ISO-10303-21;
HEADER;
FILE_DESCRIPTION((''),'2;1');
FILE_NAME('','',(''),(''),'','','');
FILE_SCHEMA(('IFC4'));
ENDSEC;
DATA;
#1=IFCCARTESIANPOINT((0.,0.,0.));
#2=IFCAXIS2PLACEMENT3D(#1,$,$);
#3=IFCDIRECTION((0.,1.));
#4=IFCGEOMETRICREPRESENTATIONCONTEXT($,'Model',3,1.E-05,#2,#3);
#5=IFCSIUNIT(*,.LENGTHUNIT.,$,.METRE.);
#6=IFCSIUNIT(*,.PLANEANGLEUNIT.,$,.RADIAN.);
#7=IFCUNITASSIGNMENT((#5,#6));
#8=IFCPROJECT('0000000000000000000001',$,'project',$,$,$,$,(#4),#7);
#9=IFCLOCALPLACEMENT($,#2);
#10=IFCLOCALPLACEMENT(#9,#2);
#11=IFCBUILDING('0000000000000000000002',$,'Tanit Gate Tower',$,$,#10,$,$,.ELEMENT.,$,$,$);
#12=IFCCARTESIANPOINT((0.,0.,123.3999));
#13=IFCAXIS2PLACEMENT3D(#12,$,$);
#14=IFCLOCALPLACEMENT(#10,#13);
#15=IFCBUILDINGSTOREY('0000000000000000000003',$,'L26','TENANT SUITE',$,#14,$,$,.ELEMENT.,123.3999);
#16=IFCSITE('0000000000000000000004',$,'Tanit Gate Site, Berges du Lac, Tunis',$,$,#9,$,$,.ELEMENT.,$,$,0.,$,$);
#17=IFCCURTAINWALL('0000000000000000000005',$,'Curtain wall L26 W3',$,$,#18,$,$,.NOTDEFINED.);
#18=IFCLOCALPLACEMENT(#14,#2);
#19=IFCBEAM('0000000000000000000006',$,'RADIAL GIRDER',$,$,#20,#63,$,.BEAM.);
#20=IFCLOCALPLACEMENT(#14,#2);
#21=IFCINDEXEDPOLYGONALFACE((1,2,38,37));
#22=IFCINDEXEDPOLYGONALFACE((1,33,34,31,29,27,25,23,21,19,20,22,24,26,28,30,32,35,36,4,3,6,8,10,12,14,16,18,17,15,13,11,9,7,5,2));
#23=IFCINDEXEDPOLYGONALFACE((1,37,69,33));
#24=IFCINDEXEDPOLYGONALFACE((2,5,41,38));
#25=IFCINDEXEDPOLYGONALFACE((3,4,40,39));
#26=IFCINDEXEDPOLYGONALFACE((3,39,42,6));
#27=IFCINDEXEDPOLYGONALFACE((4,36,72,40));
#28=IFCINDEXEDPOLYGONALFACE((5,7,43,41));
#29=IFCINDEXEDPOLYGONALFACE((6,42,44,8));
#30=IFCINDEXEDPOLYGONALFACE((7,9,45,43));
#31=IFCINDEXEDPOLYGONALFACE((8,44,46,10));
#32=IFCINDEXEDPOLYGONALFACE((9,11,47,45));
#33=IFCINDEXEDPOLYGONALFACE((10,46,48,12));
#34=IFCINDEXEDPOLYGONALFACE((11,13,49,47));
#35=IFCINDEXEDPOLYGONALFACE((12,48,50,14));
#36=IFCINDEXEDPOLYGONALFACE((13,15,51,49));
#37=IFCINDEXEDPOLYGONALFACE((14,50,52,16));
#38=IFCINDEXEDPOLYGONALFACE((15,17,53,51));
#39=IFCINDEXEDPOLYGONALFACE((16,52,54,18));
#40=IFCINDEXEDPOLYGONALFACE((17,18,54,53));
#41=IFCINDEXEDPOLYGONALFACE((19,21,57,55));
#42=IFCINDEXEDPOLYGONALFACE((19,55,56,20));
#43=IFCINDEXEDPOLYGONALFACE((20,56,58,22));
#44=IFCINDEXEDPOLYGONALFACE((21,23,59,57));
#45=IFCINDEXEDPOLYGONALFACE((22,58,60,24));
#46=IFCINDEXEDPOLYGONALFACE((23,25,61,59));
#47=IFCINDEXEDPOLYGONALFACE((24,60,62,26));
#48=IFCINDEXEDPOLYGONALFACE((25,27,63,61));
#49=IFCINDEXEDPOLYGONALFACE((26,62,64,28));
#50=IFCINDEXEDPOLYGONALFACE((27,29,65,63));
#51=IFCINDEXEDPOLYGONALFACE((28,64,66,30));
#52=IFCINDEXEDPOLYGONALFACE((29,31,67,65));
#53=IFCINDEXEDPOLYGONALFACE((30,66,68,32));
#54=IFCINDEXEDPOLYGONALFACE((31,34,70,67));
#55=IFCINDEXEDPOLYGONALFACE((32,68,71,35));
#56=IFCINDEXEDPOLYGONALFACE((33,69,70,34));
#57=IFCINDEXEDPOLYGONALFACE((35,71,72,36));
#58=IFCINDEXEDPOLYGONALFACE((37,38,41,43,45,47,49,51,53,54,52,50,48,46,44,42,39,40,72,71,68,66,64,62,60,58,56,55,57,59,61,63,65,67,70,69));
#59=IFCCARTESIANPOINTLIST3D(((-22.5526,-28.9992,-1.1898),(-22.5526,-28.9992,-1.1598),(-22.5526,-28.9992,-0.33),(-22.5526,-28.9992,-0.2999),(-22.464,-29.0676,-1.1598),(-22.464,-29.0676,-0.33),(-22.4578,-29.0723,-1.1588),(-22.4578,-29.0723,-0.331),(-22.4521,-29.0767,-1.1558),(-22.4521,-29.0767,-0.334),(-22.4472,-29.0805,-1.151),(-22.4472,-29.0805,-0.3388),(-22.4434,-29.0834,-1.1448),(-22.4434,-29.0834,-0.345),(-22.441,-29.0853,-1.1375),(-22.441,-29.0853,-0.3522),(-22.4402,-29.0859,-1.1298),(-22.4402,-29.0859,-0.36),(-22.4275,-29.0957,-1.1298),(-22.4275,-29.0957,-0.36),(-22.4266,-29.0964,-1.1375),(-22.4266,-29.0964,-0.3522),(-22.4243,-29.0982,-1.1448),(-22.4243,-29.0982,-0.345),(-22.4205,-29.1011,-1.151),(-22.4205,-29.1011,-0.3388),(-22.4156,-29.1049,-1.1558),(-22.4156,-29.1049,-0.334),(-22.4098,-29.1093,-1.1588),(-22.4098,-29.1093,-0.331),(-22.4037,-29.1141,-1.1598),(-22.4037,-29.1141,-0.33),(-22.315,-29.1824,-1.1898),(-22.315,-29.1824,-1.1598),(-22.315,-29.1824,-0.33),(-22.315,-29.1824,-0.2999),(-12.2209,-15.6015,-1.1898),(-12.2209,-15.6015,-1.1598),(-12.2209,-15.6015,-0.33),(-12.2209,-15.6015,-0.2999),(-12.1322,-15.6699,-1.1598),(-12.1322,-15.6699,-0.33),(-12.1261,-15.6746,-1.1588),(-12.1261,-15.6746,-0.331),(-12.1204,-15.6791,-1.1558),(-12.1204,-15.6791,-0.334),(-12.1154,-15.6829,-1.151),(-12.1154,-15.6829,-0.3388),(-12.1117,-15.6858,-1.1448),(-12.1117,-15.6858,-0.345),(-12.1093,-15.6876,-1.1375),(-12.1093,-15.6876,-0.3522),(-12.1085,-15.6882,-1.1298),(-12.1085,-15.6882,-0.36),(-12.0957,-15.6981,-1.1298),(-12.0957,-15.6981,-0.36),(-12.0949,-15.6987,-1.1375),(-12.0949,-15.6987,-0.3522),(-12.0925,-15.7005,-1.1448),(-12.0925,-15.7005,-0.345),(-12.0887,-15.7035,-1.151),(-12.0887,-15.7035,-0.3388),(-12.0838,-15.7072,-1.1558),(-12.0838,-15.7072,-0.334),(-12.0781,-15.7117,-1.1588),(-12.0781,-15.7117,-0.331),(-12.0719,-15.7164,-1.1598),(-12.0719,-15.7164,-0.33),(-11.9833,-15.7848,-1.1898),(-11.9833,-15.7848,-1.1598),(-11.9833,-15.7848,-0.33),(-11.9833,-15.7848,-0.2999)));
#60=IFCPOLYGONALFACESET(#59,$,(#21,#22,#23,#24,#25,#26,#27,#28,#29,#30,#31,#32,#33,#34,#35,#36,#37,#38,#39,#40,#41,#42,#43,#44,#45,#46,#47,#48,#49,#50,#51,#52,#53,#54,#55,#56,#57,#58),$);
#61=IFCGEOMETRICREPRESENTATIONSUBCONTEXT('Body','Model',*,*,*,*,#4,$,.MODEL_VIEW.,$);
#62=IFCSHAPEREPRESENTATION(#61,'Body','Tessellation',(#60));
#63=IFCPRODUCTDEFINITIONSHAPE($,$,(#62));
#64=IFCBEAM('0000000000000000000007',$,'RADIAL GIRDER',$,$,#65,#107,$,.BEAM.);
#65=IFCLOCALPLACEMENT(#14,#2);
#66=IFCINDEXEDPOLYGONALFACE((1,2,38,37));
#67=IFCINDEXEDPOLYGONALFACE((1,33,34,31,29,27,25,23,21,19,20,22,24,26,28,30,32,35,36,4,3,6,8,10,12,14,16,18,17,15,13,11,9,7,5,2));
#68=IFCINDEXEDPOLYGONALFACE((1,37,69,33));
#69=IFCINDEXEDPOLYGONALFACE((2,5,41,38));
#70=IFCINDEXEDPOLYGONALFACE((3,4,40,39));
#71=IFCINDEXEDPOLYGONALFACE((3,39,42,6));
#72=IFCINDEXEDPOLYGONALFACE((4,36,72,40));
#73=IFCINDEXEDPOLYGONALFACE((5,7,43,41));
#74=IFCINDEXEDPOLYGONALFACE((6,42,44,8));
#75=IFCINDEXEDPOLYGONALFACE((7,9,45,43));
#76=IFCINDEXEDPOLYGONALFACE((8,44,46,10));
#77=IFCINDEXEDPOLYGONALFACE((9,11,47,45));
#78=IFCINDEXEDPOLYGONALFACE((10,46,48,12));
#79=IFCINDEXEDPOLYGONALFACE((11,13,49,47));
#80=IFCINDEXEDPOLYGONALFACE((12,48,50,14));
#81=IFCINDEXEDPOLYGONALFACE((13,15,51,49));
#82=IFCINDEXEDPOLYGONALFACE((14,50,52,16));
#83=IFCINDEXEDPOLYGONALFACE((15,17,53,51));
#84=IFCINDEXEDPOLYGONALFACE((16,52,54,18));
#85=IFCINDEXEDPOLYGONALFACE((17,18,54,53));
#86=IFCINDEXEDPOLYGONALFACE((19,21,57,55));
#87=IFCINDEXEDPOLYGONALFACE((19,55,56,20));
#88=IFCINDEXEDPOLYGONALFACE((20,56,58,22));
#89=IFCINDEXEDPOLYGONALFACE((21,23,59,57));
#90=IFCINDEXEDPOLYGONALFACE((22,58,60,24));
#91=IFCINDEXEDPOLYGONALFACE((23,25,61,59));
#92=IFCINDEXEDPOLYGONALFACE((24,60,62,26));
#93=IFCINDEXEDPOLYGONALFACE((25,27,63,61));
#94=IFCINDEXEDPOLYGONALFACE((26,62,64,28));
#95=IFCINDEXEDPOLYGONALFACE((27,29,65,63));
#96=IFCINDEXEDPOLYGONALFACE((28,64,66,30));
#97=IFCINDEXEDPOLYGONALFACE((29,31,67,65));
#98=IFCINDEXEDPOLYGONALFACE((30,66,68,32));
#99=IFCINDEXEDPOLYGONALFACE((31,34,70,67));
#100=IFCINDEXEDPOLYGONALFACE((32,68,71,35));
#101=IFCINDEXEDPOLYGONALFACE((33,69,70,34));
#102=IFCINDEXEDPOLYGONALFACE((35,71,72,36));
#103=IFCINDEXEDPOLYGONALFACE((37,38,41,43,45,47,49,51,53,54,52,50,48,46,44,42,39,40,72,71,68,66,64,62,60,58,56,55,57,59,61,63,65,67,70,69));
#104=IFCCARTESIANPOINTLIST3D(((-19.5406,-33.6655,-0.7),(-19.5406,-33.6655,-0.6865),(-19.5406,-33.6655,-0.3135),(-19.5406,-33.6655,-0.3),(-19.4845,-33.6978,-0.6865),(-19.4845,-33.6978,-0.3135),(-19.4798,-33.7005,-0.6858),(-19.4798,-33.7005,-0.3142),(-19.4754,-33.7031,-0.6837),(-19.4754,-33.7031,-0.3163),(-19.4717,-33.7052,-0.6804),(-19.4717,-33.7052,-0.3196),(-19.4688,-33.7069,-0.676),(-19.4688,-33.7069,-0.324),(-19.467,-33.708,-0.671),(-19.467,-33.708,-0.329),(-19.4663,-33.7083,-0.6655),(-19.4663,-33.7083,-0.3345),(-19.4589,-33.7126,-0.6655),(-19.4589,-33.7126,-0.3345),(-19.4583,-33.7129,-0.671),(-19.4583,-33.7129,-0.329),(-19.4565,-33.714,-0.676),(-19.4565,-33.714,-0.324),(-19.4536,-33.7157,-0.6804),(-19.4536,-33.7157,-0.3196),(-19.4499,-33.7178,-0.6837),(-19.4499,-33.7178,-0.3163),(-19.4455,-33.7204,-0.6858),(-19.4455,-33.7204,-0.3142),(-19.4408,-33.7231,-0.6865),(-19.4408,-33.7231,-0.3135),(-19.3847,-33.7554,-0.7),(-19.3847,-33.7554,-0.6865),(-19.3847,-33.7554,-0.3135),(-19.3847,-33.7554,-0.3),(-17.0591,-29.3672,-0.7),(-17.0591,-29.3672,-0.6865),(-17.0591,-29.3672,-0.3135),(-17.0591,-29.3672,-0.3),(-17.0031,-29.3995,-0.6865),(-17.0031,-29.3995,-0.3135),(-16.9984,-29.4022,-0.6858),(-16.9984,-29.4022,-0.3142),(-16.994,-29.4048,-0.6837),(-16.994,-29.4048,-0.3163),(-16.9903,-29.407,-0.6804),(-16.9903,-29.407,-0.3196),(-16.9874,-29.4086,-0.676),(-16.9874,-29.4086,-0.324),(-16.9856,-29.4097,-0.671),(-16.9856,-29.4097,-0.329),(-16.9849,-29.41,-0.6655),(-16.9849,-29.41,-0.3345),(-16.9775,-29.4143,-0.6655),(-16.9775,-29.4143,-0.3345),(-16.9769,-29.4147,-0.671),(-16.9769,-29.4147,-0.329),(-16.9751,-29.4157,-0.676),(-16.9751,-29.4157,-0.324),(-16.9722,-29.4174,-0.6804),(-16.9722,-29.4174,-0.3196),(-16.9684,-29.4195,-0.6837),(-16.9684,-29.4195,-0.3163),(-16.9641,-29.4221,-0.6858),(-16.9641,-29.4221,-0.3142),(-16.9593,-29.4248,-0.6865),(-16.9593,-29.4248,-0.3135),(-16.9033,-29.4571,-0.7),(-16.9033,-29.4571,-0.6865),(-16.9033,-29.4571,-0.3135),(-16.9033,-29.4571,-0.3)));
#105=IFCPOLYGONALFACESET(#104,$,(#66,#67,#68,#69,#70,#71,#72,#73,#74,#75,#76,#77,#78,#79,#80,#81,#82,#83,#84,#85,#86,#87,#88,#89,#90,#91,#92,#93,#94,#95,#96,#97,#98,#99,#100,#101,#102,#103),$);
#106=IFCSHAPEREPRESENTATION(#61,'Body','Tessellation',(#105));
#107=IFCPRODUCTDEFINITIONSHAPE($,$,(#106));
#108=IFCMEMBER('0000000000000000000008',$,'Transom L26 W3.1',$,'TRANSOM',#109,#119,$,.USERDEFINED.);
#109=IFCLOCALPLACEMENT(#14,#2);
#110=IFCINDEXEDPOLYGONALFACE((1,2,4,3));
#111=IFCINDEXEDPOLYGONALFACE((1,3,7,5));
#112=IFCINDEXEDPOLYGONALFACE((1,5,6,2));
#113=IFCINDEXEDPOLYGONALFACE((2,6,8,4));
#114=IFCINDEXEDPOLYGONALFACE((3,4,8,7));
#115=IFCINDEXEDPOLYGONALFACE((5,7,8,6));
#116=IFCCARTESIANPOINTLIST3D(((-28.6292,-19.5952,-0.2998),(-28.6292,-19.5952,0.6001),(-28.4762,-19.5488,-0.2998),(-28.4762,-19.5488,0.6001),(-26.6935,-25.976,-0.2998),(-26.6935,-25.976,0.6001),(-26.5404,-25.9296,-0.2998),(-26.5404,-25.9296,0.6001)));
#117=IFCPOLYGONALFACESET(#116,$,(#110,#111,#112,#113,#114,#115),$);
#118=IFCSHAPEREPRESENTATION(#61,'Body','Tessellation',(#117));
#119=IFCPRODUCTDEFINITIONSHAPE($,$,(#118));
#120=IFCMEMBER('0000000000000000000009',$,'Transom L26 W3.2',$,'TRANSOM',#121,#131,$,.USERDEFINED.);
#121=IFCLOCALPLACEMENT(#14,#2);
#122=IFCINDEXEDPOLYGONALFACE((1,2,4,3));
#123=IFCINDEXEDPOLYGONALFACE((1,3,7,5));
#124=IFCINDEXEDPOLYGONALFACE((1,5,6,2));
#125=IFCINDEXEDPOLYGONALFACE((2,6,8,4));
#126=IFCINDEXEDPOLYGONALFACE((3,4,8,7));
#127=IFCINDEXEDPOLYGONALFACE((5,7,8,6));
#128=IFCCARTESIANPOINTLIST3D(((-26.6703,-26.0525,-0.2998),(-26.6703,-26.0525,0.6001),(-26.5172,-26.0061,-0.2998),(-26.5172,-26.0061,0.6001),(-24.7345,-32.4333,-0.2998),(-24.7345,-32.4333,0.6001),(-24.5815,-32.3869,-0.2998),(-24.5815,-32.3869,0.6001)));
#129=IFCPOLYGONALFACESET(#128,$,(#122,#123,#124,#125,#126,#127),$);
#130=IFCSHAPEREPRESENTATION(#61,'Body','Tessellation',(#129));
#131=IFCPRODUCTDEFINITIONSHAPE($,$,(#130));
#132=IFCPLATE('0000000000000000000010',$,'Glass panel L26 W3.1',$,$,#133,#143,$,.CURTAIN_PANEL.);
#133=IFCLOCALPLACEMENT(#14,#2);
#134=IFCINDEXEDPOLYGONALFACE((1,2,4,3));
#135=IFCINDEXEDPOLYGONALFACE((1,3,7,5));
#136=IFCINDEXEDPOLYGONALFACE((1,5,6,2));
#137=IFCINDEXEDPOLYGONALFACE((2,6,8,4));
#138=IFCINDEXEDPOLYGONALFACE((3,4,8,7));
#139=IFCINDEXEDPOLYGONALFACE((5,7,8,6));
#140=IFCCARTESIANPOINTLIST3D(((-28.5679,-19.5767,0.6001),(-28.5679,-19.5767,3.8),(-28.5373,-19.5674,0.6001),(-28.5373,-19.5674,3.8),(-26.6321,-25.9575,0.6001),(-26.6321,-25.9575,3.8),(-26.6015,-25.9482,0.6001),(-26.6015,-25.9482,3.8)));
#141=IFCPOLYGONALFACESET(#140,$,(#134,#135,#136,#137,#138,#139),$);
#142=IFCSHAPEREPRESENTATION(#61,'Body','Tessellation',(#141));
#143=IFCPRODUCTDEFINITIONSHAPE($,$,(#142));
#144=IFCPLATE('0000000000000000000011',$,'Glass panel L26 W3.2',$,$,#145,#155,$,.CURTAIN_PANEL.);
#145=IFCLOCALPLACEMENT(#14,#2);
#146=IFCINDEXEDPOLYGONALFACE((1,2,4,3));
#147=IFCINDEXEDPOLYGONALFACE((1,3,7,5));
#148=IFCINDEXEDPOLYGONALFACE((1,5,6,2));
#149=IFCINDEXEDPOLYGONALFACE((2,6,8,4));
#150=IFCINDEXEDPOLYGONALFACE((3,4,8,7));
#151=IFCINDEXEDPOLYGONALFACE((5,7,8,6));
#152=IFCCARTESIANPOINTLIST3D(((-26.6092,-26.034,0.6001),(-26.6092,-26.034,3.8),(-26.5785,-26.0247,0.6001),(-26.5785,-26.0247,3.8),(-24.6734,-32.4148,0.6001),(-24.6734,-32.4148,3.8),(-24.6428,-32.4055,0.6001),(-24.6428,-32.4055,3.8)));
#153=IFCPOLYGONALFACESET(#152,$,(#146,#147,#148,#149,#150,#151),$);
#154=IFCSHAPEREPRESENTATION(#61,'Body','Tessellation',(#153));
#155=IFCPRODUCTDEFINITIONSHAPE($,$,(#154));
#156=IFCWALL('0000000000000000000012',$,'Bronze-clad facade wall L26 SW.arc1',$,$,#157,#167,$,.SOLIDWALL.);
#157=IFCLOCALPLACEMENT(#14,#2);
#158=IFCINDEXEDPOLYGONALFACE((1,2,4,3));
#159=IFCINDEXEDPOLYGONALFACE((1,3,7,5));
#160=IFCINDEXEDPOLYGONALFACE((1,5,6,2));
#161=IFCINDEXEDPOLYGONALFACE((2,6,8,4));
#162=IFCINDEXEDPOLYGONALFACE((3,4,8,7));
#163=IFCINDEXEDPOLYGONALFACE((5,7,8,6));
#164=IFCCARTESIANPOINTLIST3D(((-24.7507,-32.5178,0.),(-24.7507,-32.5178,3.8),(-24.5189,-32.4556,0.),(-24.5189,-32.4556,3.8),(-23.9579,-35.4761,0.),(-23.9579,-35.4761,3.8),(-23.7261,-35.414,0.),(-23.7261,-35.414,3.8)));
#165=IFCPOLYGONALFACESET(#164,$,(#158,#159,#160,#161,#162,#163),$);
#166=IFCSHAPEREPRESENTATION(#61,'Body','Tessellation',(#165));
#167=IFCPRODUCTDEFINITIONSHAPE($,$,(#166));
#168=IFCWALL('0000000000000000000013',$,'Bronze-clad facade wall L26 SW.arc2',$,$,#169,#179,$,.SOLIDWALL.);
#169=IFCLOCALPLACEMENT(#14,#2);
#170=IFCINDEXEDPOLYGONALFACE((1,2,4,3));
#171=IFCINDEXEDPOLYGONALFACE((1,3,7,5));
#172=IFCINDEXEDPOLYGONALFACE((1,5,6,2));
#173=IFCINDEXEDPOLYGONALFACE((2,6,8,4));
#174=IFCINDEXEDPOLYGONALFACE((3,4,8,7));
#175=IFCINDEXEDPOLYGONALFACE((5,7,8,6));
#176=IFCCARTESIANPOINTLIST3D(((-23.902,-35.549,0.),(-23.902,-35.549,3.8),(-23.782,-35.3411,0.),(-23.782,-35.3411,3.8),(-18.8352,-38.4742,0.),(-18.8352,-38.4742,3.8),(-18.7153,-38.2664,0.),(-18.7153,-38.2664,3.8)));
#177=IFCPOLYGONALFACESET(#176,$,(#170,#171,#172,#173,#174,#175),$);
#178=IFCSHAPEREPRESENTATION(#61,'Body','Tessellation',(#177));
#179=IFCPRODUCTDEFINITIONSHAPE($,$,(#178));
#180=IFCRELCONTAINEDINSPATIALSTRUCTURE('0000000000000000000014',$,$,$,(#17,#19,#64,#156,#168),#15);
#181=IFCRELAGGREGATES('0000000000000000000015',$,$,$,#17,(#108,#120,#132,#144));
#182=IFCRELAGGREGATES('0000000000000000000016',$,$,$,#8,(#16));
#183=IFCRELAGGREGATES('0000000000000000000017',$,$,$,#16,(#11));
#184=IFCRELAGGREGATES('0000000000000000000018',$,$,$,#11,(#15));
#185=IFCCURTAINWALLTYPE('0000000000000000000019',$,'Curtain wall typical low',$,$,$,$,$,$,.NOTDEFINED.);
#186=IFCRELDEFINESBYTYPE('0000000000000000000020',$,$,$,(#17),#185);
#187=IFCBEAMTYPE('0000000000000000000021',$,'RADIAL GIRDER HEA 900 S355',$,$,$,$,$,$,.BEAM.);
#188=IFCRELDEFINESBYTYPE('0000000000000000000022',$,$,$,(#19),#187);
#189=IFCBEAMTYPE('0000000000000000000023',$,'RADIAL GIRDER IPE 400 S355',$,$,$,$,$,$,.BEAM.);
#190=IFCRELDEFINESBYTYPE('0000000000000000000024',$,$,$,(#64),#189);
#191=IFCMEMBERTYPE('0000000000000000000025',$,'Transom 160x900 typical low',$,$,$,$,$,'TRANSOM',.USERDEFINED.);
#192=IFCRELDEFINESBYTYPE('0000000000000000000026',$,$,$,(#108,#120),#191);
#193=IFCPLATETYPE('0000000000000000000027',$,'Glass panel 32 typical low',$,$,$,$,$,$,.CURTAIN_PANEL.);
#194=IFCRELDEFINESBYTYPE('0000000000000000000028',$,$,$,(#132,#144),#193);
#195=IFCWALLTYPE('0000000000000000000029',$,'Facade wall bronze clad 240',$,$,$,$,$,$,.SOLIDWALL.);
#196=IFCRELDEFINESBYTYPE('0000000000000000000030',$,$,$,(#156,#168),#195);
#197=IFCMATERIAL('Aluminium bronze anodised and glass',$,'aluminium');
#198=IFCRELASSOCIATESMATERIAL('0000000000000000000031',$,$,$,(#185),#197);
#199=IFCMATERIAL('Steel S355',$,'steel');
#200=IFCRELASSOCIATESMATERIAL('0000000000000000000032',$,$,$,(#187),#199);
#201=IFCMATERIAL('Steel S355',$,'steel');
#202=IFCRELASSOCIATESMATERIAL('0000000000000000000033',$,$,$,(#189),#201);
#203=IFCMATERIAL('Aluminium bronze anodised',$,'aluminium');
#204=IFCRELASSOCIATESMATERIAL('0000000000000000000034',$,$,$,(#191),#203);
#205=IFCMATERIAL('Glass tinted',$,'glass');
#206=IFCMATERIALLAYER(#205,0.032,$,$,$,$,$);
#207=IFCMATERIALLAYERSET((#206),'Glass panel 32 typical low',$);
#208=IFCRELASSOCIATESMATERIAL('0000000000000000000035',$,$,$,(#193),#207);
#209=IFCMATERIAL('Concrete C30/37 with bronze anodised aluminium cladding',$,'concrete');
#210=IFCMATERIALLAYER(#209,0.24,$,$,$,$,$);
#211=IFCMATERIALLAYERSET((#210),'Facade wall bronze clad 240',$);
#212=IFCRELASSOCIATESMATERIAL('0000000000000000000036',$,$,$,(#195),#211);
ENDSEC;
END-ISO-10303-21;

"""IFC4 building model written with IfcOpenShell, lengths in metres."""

from ifc_helpers import new_model, si_unit, direction, frame, frame_2d, origin, origin_2d, place, context, subcontext, project, spatial, rectangle, i_section, extrude, material, layer, layer_set, material_profile, profile_set, type_object, element, aggregate, save


model = new_model("IFC4")

# Units and contexts
model_context = context("Model", 3, precision=1e-05, world=origin(), true_north=direction((0.0, 1.0)))
body_context = subcontext(model_context, "Body", "Model", "MODEL_VIEW")
ifc_project = project(units=[si_unit("LENGTHUNIT", "METRE"), si_unit("PLANEANGLEUNIT", "RADIAN")], contexts=[model_context])

# Site, building, storey
site_placement = place(None, origin())
site = spatial("IfcSite", under=ifc_project, at=site_placement, Name="Tanit Gate Site, Berges du Lac, Tunis", CompositionType="ELEMENT", RefElevation=0.0)
building_placement = place(site_placement, origin())
building = spatial("IfcBuilding", under=site, at=building_placement, Name="Tanit Gate Tower", CompositionType="ELEMENT")
storey_placement = place(building_placement, frame((0.0, 0.0, 123.3999)))
storey = spatial("IfcBuildingStorey", under=building, at=storey_placement, Name="L26", Description="TENANT SUITE", CompositionType="ELEMENT", Elevation=123.3999)

# Curtain wall
ifc_material_1 = material(Name="Aluminium bronze anodised and glass", Category="aluminium")
curtain_wall_type = type_object("IfcCurtainWallType", Name="Curtain wall typical low", PredefinedType="NOTDEFINED", material=ifc_material_1)
curtain_wall_1_placement = place(storey_placement, origin())
curtain_wall_1 = element("IfcCurtainWall", 1, at=curtain_wall_1_placement, inside=storey, type_object=curtain_wall_type, Name="Curtain wall L26 W3", PredefinedType="NOTDEFINED")

# Beams
ifc_material_2 = material(Name="Steel S355", Category="steel")
ifc_material_profile_1 = material_profile(ifc_material_2, i_section(OverallWidth=0.3, OverallDepth=0.8899, WebThickness=0.0161, FlangeThickness=0.03, FilletRadius=0.03, at=origin_2d()), Name="HEA 900")
ifc_profile_set_1 = profile_set([ifc_material_profile_1], Name="Steel S355")
beam_type_1 = type_object("IfcBeamType", Name="RADIAL GIRDER HEA 900 S355", PredefinedType="BEAM", material=ifc_profile_set_1)
beam_1_placement = place(storey_placement, frame((-22.4338, -29.0908, -0.7449), z_axis=(0.610671, 0.791885, 0.0), x_axis=(-0.791885, 0.610671, 0.0)))
element("IfcBeam", 2, at=beam_1_placement, inside=storey, type_object=beam_type_1, Name="RADIAL GIRDER", PredefinedType="BEAM", context=body_context, shape_type="SweptSolid", body=[
    extrude(i_section(OverallWidth=0.3, OverallDepth=0.8899, WebThickness=0.0161, FlangeThickness=0.03, FilletRadius=0.03, at=origin_2d()), origin(), (0.0, 0.0, 1.0), 16.9187),
])
ifc_material_3 = material(Name="Steel S355", Category="steel")
ifc_material_profile_2 = material_profile(ifc_material_3, i_section(OverallWidth=0.1799, OverallDepth=0.3999, WebThickness=0.0085, FlangeThickness=0.0134, FilletRadius=0.021, at=origin_2d()), Name="IPE 400")
ifc_profile_set_2 = profile_set([ifc_material_profile_2], Name="Steel S355")
beam_type_2 = type_object("IfcBeamType", Name="RADIAL GIRDER IPE 400 S355", PredefinedType="BEAM", material=ifc_profile_set_2)
beam_2_placement = place(storey_placement, frame((-19.4626, -33.7104, -0.5), z_axis=(0.499969, 0.866043, 0.0), x_axis=(-0.866043, 0.499969, 0.0)))
element("IfcBeam", 3, at=beam_2_placement, inside=storey, type_object=beam_type_2, Name="RADIAL GIRDER", PredefinedType="BEAM", context=body_context, shape_type="SweptSolid", body=[
    extrude(i_section(OverallWidth=0.1799, OverallDepth=0.3999, WebThickness=0.0085, FlangeThickness=0.0134, FilletRadius=0.021, at=origin_2d()), origin(), (0.0, 0.0, 1.0), 4.9631),
])

# Members
ifc_material_4 = material(Name="Aluminium bronze anodised", Category="aluminium")
ifc_material_profile_3 = material_profile(ifc_material_4, rectangle(XDim=0.1599, YDim=0.8999, at=origin_2d()), Name="160x900 bronze transom")
ifc_profile_set_3 = profile_set([ifc_material_profile_3], Name="Aluminium bronze anodised")
member_type_1 = type_object("IfcMemberType", Name="Transom 160x900 typical low", ElementType="TRANSOM", PredefinedType="USERDEFINED", material=ifc_profile_set_3)
member_1_placement = place(storey_placement, frame((-28.5527, -19.572, 0.1501), z_axis=(0.290309, -0.956933, 0.0), x_axis=(0.956933, 0.290309, 0.0)))
member_1 = element("IfcMember", 4, at=member_1_placement, type_object=member_type_1, Name="Transom L26 W3.1", ObjectType="TRANSOM", PredefinedType="USERDEFINED", context=body_context, shape_type="SweptSolid", body=[
    extrude(rectangle(XDim=0.1599, YDim=0.8999, at=origin_2d()), origin(), (0.0, 0.0, 1.0), 6.668),
])
member_2_placement = place(storey_placement, frame((-26.5938, -26.0293, 0.1501), z_axis=(0.290309, -0.956933, 0.0), x_axis=(0.956933, 0.290309, 0.0)))
member_2 = element("IfcMember", 5, at=member_2_placement, type_object=member_type_1, Name="Transom L26 W3.2", ObjectType="TRANSOM", PredefinedType="USERDEFINED", context=body_context, shape_type="SweptSolid", body=[
    extrude(rectangle(XDim=0.1599, YDim=0.8999, at=origin_2d()), origin(), (0.0, 0.0, 1.0), 6.668),
])

# Plates
ifc_material_5 = material(Name="Glass tinted", Category="glass")
ifc_layer_1 = layer(ifc_material_5, 0.032)
ifc_layer_set_1 = layer_set([ifc_layer_1], Name="Glass panel 32 typical low")
plate_type = type_object("IfcPlateType", Name="Glass panel 32 typical low", PredefinedType="CURTAIN_PANEL", material=ifc_layer_set_1)
plate_1_placement = place(storey_placement, frame((-27.5847, -22.7625, 0.6001), z_axis=(0.0, 0.0, 1.0), x_axis=(0.290305, -0.956934, 0.0)))
plate_1 = element("IfcPlate", 6, at=plate_1_placement, type_object=plate_type, Name="Glass panel L26 W3.1", PredefinedType="CURTAIN_PANEL", context=body_context, shape_type="SweptSolid", body=[
    extrude(rectangle(XDim=6.668, YDim=0.032, at=origin_2d()), origin(), (0.0, 0.0, 1.0), 3.2),
])
plate_2_placement = place(storey_placement, frame((-25.626, -29.2197, 0.6001), z_axis=(0.0, 0.0, 1.0), x_axis=(0.290305, -0.956934, 0.0)))
plate_2 = element("IfcPlate", 7, at=plate_2_placement, type_object=plate_type, Name="Glass panel L26 W3.2", PredefinedType="CURTAIN_PANEL", context=body_context, shape_type="SweptSolid", body=[
    extrude(rectangle(XDim=6.668, YDim=0.032, at=origin_2d()), origin(), (0.0, 0.0, 1.0), 3.2),
])
aggregate(curtain_wall_1, [member_1, member_2, plate_1, plate_2])

# Walls
ifc_material_6 = material(Name="Concrete C30/37 with bronze anodised aluminium cladding", Category="concrete")
ifc_layer_2 = layer(ifc_material_6, 0.24)
ifc_layer_set_2 = layer_set([ifc_layer_2], Name="Facade wall bronze clad 240")
wall_type_1 = type_object("IfcWallType", Name="Facade wall bronze clad 240", PredefinedType="SOLIDWALL", material=ifc_layer_set_2)
wall_1_placement = place(storey_placement, frame((-24.6348, -32.4868, 0.0), z_axis=(0.0, 0.0, 1.0), x_axis=(0.258838, -0.965921, 0.0)))
element("IfcWall", 8, at=wall_1_placement, inside=storey, type_object=wall_type_1, Name="Bronze-clad facade wall L26 SW.arc1", PredefinedType="SOLIDWALL", context=body_context, shape_type="SweptSolid", body=[
    extrude(rectangle(XDim=3.0627, YDim=0.24, at=frame_2d((1.5312, 0.0))), origin(), (0.0, 0.0, 1.0), 3.8),
])
wall_2_placement = place(storey_placement, frame((-23.842, -35.4451, 0.0), z_axis=(0.0, 0.0, 1.0), x_axis=(0.866031, -0.49999, 0.0)))
element("IfcWall", 9, at=wall_2_placement, inside=storey, type_object=wall_type_1, Name="Bronze-clad facade wall L26 SW.arc2", PredefinedType="SOLIDWALL", context=body_context, shape_type="SweptSolid", body=[
    extrude(rectangle(XDim=5.8506, YDim=0.24, at=frame_2d((2.9253, 0.0))), origin(), (0.0, 0.0, 1.0), 3.8),
])

save(model, "model.ifc")
